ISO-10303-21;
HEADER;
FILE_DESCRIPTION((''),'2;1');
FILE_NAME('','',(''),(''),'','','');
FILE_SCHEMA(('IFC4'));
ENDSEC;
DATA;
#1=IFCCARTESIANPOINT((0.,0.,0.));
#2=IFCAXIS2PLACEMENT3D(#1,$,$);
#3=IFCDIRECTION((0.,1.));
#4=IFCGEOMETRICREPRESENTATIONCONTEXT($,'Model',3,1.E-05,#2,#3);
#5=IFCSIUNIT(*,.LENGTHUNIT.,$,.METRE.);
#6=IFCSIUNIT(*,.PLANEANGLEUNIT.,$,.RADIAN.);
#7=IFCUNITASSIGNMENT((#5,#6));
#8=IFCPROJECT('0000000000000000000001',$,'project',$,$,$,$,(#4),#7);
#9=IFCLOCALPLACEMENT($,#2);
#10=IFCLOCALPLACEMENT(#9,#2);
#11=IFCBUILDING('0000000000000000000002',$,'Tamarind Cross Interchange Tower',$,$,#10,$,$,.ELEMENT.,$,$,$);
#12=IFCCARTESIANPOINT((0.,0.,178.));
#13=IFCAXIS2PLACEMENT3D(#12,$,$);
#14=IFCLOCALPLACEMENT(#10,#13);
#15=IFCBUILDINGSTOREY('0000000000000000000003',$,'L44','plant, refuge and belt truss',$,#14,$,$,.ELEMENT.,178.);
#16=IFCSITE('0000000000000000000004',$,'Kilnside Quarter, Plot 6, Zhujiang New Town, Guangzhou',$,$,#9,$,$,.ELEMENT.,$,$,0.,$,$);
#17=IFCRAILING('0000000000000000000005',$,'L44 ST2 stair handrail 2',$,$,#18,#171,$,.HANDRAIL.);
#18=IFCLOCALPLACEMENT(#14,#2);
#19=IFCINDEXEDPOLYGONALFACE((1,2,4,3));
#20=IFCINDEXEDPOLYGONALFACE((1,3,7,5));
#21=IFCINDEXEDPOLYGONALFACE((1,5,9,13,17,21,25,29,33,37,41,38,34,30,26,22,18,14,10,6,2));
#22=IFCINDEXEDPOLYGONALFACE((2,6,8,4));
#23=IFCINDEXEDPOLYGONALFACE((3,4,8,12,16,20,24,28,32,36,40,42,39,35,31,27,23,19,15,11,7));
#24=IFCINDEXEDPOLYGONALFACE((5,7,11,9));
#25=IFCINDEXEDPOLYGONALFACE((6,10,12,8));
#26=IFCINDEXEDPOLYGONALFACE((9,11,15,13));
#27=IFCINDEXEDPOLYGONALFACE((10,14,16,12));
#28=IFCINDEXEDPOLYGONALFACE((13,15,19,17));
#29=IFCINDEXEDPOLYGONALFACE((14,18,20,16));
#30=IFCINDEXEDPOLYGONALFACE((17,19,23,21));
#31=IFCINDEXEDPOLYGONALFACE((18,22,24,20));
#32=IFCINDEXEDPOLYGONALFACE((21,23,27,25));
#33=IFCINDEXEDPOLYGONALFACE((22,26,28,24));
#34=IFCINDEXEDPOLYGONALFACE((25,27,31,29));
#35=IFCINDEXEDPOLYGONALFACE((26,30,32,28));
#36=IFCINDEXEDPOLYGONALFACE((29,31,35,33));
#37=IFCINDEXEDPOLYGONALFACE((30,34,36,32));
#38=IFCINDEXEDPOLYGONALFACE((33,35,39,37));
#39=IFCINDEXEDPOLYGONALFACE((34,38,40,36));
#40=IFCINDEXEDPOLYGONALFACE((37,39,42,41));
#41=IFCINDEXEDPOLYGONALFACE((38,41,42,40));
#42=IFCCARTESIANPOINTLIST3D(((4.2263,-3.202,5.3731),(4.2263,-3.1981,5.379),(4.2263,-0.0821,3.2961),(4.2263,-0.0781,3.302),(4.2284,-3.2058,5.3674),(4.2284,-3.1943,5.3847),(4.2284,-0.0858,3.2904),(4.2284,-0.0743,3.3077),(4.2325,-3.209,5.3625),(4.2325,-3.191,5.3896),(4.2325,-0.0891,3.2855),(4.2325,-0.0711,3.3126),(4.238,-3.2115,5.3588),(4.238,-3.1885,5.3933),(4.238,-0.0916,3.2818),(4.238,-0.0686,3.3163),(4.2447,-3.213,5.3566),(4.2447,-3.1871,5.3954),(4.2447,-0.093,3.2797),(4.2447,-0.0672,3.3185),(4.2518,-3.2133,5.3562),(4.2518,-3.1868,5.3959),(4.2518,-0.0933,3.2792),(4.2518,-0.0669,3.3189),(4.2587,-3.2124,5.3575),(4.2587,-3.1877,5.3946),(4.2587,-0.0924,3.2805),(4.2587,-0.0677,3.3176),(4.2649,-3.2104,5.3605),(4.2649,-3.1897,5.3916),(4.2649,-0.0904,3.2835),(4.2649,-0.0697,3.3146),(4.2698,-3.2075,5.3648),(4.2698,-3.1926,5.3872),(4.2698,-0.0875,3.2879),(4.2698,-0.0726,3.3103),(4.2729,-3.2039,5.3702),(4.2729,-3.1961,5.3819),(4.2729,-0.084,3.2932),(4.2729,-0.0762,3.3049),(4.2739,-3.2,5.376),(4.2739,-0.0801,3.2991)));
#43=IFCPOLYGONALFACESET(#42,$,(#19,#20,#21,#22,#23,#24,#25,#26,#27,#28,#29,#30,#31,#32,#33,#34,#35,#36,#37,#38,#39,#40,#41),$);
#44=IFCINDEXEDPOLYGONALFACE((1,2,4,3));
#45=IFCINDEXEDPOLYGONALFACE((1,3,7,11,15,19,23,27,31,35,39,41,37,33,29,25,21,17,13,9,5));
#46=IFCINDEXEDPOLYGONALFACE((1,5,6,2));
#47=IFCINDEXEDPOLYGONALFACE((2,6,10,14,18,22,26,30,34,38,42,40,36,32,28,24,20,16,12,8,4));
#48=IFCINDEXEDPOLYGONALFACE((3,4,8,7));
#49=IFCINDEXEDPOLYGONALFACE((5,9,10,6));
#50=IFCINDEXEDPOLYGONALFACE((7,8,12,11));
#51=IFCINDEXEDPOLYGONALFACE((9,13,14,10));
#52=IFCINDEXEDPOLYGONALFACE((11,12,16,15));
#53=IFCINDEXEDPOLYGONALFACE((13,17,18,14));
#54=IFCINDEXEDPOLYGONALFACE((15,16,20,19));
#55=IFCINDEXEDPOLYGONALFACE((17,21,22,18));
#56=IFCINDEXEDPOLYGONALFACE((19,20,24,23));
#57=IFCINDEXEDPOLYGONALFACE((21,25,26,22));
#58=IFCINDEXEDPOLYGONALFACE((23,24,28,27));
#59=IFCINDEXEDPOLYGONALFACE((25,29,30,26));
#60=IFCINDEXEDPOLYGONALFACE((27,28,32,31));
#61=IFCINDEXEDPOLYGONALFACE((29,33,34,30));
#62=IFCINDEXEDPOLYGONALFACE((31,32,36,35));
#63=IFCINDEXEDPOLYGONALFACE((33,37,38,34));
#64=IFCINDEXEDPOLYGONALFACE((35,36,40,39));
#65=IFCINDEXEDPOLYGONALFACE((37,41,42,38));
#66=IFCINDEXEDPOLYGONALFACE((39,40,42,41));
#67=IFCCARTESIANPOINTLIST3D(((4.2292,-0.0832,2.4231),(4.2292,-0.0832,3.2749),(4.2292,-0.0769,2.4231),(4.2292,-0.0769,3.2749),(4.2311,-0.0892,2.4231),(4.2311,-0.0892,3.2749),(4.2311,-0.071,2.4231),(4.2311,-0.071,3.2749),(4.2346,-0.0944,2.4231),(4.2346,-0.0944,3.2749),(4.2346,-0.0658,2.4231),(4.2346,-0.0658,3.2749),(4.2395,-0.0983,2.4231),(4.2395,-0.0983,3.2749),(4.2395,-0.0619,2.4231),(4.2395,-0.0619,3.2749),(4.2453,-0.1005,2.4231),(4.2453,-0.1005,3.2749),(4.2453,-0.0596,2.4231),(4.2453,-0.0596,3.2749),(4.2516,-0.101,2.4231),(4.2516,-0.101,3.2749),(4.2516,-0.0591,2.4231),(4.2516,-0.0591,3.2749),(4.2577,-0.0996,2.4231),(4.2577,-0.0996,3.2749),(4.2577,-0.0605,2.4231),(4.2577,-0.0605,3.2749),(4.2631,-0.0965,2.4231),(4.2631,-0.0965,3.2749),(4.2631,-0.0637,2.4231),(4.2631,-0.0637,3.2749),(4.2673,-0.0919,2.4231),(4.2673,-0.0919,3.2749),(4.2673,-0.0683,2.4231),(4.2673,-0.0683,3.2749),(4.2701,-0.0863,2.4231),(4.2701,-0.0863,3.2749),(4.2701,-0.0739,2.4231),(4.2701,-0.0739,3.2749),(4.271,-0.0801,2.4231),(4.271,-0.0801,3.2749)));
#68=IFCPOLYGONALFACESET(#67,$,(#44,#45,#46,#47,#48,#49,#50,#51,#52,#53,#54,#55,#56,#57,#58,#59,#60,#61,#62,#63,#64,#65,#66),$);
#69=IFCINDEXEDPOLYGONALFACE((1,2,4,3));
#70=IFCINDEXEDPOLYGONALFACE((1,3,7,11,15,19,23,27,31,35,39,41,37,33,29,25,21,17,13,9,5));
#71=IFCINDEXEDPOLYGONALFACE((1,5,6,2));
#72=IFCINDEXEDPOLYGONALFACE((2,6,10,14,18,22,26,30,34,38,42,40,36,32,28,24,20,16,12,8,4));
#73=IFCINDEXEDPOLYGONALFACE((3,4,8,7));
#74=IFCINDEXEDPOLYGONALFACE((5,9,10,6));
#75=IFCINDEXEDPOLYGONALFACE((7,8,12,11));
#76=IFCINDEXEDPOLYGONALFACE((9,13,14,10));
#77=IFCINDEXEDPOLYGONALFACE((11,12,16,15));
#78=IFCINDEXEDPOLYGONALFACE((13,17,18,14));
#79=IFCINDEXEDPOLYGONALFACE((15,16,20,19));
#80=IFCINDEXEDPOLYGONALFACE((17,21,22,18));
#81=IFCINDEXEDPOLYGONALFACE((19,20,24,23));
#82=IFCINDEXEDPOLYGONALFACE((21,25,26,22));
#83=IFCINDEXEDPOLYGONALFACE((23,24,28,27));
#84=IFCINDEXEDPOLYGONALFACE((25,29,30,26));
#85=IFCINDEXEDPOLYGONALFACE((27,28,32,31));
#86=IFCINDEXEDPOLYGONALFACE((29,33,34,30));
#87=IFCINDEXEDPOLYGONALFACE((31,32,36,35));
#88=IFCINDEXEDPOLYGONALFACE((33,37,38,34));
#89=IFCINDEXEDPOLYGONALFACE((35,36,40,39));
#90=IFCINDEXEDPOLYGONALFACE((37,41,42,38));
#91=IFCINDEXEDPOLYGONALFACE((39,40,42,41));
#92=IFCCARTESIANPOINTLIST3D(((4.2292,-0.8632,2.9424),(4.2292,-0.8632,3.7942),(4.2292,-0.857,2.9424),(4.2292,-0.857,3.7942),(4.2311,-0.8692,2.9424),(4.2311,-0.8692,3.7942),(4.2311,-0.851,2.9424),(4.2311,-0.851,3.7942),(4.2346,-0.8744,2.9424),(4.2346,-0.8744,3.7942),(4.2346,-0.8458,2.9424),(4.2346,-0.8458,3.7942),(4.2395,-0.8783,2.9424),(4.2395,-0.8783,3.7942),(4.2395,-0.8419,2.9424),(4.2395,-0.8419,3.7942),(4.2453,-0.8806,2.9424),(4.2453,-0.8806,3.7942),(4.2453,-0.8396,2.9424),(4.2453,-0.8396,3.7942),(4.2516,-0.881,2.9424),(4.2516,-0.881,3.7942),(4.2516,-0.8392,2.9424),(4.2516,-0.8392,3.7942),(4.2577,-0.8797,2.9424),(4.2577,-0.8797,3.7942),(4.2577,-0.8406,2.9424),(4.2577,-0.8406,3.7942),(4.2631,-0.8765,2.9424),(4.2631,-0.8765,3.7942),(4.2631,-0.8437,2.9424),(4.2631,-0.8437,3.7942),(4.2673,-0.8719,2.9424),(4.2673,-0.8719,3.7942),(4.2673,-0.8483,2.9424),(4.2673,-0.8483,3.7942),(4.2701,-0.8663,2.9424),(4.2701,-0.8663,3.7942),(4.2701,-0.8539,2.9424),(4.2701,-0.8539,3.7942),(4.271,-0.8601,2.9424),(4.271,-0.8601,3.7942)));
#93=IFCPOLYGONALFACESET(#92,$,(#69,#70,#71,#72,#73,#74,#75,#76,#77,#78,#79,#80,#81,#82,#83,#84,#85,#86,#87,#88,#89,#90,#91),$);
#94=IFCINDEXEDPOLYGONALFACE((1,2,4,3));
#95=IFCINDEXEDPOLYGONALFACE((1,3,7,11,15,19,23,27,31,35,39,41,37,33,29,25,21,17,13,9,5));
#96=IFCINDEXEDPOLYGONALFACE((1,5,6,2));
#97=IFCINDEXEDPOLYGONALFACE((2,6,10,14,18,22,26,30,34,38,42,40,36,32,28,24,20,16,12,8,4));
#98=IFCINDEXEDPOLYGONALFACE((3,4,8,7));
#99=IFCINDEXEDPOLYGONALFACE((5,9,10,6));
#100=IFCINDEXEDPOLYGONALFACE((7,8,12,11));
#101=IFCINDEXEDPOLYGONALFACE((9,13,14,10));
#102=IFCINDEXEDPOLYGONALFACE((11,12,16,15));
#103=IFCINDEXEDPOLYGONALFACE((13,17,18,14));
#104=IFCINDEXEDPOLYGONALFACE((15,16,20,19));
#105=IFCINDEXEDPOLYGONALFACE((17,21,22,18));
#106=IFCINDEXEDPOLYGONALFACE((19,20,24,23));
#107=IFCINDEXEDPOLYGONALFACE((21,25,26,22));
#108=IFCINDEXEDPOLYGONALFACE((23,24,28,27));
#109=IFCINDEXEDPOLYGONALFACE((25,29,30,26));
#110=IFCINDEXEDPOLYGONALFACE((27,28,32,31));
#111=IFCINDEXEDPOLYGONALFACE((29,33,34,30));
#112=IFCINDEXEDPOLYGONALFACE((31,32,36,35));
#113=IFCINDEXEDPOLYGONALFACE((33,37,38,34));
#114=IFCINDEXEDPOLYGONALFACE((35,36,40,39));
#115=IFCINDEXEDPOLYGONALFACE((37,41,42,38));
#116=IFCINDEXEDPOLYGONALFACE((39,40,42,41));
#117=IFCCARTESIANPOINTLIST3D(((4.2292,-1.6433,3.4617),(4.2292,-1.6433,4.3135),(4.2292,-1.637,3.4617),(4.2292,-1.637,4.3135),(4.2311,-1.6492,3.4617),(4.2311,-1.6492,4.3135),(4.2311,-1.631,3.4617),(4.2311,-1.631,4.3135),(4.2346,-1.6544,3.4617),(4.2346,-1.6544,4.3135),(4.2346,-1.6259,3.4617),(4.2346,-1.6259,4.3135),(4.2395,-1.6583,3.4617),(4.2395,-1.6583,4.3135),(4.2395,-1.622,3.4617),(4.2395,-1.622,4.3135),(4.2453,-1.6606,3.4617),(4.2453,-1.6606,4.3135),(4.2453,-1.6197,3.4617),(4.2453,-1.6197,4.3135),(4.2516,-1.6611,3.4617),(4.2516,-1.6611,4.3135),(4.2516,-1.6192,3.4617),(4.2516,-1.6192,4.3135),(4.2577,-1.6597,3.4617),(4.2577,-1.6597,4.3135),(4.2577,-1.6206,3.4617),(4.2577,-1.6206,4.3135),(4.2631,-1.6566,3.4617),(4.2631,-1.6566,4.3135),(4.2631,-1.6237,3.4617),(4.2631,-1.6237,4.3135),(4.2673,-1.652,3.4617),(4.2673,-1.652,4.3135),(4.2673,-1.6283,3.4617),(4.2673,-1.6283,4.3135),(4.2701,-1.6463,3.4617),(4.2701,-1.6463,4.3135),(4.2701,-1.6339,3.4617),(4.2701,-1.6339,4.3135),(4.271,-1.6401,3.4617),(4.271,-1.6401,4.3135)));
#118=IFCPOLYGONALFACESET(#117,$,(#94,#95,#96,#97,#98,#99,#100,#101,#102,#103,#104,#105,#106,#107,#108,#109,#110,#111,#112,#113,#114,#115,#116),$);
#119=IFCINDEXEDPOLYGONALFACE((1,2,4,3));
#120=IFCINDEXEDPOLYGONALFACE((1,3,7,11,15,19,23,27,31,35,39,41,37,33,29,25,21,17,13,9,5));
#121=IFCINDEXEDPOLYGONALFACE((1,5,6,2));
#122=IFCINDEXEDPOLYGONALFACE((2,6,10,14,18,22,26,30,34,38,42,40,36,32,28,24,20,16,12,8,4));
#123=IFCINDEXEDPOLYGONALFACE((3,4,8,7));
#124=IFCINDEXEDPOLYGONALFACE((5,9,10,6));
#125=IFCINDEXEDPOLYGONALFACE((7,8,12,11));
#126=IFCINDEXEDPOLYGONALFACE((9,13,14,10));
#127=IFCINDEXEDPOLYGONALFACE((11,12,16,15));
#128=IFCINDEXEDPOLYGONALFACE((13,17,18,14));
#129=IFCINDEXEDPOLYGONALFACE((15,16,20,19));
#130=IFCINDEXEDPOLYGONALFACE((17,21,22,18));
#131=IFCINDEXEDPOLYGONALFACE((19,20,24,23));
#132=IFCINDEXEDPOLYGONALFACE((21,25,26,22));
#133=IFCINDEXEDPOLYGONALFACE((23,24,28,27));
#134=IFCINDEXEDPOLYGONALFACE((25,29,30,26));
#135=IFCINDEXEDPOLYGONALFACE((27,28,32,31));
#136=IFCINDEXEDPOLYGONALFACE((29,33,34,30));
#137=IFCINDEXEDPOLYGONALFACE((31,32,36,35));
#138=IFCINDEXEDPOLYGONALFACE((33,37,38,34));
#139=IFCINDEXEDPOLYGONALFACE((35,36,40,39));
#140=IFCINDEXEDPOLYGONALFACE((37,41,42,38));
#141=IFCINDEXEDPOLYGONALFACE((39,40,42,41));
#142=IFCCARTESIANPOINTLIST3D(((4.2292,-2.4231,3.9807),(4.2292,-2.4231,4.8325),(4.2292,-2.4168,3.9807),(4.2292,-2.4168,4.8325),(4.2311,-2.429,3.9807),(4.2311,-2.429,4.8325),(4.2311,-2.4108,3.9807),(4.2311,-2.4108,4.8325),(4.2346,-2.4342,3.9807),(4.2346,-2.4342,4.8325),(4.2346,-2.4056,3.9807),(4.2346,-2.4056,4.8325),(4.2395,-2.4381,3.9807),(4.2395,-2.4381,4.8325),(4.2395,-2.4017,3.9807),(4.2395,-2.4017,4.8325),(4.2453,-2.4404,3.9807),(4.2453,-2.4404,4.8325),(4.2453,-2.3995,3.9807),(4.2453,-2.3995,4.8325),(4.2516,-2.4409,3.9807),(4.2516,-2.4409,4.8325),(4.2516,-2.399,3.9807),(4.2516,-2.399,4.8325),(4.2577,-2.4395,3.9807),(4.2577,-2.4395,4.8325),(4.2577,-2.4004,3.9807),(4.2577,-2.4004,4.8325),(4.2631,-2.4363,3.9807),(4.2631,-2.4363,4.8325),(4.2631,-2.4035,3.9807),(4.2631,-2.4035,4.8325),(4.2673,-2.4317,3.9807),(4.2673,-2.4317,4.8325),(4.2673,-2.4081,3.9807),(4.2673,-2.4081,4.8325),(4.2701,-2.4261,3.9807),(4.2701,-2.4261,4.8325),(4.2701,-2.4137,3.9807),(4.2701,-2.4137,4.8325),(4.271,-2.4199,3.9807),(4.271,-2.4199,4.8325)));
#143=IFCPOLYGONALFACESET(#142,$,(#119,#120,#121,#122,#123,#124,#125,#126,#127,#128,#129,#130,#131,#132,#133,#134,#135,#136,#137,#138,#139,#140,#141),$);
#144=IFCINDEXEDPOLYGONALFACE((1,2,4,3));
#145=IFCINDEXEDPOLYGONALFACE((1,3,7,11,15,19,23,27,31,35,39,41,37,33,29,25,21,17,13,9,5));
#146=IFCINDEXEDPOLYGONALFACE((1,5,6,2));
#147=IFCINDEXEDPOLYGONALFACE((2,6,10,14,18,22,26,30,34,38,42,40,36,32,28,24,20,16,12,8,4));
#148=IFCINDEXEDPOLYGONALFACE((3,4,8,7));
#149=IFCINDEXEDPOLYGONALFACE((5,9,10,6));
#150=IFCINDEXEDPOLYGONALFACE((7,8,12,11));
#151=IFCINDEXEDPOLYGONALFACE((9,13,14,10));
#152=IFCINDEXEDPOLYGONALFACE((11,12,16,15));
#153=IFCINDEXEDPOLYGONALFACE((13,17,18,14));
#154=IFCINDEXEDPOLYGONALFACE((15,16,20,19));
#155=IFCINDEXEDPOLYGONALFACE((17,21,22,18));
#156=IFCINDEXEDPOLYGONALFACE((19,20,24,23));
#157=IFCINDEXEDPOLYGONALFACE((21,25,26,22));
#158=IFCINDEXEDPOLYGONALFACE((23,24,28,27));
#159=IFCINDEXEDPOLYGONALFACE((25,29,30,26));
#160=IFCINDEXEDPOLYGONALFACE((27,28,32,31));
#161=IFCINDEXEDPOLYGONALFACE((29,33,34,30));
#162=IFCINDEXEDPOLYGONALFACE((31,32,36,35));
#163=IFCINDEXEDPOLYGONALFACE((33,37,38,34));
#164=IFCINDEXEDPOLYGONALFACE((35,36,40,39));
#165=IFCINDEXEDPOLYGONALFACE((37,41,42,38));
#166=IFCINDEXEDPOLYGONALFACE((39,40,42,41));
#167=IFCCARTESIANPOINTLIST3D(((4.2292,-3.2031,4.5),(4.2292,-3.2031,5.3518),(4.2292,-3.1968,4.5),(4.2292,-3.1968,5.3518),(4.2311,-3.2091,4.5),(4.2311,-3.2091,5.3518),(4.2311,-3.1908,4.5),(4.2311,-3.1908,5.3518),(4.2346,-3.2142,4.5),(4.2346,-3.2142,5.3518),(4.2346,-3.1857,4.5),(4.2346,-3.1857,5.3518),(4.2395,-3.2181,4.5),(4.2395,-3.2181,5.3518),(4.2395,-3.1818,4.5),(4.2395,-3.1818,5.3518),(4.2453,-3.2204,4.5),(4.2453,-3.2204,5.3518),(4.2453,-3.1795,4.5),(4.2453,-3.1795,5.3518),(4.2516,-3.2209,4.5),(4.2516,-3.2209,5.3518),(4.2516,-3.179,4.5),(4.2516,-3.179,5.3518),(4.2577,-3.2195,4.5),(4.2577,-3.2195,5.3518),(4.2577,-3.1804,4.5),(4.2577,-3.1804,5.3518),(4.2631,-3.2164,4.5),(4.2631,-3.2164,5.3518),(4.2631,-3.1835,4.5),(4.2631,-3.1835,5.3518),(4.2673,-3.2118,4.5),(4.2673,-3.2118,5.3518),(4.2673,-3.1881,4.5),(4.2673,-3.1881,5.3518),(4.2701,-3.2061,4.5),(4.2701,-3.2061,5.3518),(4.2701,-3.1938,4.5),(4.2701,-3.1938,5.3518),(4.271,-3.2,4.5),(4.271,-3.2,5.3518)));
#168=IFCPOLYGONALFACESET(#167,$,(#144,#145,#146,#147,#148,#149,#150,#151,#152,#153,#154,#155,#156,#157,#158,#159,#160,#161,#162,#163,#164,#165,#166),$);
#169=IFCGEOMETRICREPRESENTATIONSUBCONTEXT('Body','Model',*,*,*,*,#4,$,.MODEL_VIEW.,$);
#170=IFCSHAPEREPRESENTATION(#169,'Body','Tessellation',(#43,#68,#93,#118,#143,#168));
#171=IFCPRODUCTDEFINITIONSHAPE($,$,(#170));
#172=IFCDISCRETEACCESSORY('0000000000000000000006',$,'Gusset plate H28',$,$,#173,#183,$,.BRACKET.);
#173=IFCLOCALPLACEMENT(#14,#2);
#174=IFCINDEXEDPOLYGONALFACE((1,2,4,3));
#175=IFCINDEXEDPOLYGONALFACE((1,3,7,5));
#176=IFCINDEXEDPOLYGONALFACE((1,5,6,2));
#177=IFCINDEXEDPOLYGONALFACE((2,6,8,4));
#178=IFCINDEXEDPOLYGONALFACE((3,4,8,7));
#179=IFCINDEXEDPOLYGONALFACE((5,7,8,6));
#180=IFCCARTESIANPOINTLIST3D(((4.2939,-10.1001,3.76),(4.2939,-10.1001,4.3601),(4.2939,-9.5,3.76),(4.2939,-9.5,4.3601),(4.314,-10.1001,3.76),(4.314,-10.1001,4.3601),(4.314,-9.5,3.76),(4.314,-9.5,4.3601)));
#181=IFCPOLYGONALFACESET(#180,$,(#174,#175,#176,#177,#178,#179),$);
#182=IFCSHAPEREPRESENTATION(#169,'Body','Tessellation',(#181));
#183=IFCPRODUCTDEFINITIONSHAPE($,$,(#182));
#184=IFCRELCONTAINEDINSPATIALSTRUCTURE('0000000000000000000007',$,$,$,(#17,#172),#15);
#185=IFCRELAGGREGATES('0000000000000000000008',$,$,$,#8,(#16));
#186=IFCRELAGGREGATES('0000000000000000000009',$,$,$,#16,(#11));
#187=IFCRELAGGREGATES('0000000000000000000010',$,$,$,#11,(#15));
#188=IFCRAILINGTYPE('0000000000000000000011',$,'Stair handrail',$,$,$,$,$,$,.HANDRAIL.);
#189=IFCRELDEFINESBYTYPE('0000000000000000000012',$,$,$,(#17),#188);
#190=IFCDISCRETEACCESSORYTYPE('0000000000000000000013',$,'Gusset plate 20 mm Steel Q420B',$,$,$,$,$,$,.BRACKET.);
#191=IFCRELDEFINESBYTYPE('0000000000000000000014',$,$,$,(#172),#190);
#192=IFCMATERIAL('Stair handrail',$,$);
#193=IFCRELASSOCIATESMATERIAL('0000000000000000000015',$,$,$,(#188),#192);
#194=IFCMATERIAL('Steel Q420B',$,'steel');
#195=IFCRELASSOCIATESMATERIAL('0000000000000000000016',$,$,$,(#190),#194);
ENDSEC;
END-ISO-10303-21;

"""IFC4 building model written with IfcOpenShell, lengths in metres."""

from ifc_helpers import new_model, si_unit, direction, frame, origin, origin_2d, place, context, subcontext, project, spatial, rectangle, circle, extrude, material, type_object, element, save


model = new_model("IFC4")

# Units and contexts
model_context = context("Model", 3, precision=1e-05, world=origin(), true_north=direction((0.0, 1.0)))
body_context = subcontext(model_context, "Body", "Model", "MODEL_VIEW")
ifc_project = project(units=[si_unit("LENGTHUNIT", "METRE"), si_unit("PLANEANGLEUNIT", "RADIAN")], contexts=[model_context])

# Site, building, storey
site_placement = place(None, origin())
site = spatial("IfcSite", under=ifc_project, at=site_placement, Name="Kilnside Quarter, Plot 6, Zhujiang New Town, Guangzhou", CompositionType="ELEMENT", RefElevation=0.0)
building_placement = place(site_placement, origin())
building = spatial("IfcBuilding", under=site, at=building_placement, Name="Tamarind Cross Interchange Tower", CompositionType="ELEMENT")
storey_placement = place(building_placement, frame((0.0, 0.0, 178.0)))
storey = spatial("IfcBuildingStorey", under=building, at=storey_placement, Name="L44", Description="plant, refuge and belt truss", CompositionType="ELEMENT", Elevation=178.0)

# Shared definitions
ifc_material_1 = material(Name="Steel Q420B", Category="steel")

# Railing
ifc_material_2 = material(Name="Stair handrail")
railing_type_1 = type_object("IfcRailingType", Name="Stair handrail", PredefinedType="HANDRAIL", material=ifc_material_2)
railing_1_placement = place(storey_placement, frame((4.25, -0.0801, 2.4231)))
element("IfcRailing", 1, at=railing_1_placement, inside=storey, type_object=railing_type_1, Name="L44 ST2 stair handrail 2", PredefinedType="HANDRAIL", context=body_context, shape_type="SweptSolid", body=[
    extrude(circle(Radius=0.0239, at=origin_2d()), frame((0.0, 0.0, 0.876), z_axis=(0.0, -0.832421, 0.554144), x_axis=(1.0, 0.0, 0.0)), (0.0, 0.0, 1.0), 3.748),
    extrude(circle(Radius=0.021, at=origin_2d()), origin(), (0.0, 0.0, 1.0), 0.8518),
    extrude(circle(Radius=0.021, at=origin_2d()), frame((0.0, -0.78, 0.5193)), (0.0, 0.0, 1.0), 0.8518),
    extrude(circle(Radius=0.021, at=origin_2d()), frame((0.0, -1.5601, 1.0386)), (0.0, 0.0, 1.0), 0.8518),
    extrude(circle(Radius=0.021, at=origin_2d()), frame((0.0, -2.3398, 1.5576)), (0.0, 0.0, 1.0), 0.8518),
    extrude(circle(Radius=0.021, at=origin_2d()), frame((0.0, -3.1199, 2.0769)), (0.0, 0.0, 1.0), 0.8518),
])

# Discrete accessory
discrete_accessory_type = type_object("IfcDiscreteAccessoryType", Name="Gusset plate 20 mm Steel Q420B", PredefinedType="BRACKET", material=ifc_material_1)
discrete_accessory_placement = place(storey_placement, frame((4.304, -9.8, 3.76), z_axis=(0.0, 0.0, 1.0), x_axis=(1.0, 0.0, 0.0)))
element("IfcDiscreteAccessory", 2, at=discrete_accessory_placement, inside=storey, type_object=discrete_accessory_type, Name="Gusset plate H28", PredefinedType="BRACKET", context=body_context, shape_type="SweptSolid", body=[
    extrude(rectangle(XDim=0.02, YDim=0.6001, at=origin_2d()), origin(), (0.0, 0.0, 1.0), 0.6001),
])

save(model, "model.ifc")
